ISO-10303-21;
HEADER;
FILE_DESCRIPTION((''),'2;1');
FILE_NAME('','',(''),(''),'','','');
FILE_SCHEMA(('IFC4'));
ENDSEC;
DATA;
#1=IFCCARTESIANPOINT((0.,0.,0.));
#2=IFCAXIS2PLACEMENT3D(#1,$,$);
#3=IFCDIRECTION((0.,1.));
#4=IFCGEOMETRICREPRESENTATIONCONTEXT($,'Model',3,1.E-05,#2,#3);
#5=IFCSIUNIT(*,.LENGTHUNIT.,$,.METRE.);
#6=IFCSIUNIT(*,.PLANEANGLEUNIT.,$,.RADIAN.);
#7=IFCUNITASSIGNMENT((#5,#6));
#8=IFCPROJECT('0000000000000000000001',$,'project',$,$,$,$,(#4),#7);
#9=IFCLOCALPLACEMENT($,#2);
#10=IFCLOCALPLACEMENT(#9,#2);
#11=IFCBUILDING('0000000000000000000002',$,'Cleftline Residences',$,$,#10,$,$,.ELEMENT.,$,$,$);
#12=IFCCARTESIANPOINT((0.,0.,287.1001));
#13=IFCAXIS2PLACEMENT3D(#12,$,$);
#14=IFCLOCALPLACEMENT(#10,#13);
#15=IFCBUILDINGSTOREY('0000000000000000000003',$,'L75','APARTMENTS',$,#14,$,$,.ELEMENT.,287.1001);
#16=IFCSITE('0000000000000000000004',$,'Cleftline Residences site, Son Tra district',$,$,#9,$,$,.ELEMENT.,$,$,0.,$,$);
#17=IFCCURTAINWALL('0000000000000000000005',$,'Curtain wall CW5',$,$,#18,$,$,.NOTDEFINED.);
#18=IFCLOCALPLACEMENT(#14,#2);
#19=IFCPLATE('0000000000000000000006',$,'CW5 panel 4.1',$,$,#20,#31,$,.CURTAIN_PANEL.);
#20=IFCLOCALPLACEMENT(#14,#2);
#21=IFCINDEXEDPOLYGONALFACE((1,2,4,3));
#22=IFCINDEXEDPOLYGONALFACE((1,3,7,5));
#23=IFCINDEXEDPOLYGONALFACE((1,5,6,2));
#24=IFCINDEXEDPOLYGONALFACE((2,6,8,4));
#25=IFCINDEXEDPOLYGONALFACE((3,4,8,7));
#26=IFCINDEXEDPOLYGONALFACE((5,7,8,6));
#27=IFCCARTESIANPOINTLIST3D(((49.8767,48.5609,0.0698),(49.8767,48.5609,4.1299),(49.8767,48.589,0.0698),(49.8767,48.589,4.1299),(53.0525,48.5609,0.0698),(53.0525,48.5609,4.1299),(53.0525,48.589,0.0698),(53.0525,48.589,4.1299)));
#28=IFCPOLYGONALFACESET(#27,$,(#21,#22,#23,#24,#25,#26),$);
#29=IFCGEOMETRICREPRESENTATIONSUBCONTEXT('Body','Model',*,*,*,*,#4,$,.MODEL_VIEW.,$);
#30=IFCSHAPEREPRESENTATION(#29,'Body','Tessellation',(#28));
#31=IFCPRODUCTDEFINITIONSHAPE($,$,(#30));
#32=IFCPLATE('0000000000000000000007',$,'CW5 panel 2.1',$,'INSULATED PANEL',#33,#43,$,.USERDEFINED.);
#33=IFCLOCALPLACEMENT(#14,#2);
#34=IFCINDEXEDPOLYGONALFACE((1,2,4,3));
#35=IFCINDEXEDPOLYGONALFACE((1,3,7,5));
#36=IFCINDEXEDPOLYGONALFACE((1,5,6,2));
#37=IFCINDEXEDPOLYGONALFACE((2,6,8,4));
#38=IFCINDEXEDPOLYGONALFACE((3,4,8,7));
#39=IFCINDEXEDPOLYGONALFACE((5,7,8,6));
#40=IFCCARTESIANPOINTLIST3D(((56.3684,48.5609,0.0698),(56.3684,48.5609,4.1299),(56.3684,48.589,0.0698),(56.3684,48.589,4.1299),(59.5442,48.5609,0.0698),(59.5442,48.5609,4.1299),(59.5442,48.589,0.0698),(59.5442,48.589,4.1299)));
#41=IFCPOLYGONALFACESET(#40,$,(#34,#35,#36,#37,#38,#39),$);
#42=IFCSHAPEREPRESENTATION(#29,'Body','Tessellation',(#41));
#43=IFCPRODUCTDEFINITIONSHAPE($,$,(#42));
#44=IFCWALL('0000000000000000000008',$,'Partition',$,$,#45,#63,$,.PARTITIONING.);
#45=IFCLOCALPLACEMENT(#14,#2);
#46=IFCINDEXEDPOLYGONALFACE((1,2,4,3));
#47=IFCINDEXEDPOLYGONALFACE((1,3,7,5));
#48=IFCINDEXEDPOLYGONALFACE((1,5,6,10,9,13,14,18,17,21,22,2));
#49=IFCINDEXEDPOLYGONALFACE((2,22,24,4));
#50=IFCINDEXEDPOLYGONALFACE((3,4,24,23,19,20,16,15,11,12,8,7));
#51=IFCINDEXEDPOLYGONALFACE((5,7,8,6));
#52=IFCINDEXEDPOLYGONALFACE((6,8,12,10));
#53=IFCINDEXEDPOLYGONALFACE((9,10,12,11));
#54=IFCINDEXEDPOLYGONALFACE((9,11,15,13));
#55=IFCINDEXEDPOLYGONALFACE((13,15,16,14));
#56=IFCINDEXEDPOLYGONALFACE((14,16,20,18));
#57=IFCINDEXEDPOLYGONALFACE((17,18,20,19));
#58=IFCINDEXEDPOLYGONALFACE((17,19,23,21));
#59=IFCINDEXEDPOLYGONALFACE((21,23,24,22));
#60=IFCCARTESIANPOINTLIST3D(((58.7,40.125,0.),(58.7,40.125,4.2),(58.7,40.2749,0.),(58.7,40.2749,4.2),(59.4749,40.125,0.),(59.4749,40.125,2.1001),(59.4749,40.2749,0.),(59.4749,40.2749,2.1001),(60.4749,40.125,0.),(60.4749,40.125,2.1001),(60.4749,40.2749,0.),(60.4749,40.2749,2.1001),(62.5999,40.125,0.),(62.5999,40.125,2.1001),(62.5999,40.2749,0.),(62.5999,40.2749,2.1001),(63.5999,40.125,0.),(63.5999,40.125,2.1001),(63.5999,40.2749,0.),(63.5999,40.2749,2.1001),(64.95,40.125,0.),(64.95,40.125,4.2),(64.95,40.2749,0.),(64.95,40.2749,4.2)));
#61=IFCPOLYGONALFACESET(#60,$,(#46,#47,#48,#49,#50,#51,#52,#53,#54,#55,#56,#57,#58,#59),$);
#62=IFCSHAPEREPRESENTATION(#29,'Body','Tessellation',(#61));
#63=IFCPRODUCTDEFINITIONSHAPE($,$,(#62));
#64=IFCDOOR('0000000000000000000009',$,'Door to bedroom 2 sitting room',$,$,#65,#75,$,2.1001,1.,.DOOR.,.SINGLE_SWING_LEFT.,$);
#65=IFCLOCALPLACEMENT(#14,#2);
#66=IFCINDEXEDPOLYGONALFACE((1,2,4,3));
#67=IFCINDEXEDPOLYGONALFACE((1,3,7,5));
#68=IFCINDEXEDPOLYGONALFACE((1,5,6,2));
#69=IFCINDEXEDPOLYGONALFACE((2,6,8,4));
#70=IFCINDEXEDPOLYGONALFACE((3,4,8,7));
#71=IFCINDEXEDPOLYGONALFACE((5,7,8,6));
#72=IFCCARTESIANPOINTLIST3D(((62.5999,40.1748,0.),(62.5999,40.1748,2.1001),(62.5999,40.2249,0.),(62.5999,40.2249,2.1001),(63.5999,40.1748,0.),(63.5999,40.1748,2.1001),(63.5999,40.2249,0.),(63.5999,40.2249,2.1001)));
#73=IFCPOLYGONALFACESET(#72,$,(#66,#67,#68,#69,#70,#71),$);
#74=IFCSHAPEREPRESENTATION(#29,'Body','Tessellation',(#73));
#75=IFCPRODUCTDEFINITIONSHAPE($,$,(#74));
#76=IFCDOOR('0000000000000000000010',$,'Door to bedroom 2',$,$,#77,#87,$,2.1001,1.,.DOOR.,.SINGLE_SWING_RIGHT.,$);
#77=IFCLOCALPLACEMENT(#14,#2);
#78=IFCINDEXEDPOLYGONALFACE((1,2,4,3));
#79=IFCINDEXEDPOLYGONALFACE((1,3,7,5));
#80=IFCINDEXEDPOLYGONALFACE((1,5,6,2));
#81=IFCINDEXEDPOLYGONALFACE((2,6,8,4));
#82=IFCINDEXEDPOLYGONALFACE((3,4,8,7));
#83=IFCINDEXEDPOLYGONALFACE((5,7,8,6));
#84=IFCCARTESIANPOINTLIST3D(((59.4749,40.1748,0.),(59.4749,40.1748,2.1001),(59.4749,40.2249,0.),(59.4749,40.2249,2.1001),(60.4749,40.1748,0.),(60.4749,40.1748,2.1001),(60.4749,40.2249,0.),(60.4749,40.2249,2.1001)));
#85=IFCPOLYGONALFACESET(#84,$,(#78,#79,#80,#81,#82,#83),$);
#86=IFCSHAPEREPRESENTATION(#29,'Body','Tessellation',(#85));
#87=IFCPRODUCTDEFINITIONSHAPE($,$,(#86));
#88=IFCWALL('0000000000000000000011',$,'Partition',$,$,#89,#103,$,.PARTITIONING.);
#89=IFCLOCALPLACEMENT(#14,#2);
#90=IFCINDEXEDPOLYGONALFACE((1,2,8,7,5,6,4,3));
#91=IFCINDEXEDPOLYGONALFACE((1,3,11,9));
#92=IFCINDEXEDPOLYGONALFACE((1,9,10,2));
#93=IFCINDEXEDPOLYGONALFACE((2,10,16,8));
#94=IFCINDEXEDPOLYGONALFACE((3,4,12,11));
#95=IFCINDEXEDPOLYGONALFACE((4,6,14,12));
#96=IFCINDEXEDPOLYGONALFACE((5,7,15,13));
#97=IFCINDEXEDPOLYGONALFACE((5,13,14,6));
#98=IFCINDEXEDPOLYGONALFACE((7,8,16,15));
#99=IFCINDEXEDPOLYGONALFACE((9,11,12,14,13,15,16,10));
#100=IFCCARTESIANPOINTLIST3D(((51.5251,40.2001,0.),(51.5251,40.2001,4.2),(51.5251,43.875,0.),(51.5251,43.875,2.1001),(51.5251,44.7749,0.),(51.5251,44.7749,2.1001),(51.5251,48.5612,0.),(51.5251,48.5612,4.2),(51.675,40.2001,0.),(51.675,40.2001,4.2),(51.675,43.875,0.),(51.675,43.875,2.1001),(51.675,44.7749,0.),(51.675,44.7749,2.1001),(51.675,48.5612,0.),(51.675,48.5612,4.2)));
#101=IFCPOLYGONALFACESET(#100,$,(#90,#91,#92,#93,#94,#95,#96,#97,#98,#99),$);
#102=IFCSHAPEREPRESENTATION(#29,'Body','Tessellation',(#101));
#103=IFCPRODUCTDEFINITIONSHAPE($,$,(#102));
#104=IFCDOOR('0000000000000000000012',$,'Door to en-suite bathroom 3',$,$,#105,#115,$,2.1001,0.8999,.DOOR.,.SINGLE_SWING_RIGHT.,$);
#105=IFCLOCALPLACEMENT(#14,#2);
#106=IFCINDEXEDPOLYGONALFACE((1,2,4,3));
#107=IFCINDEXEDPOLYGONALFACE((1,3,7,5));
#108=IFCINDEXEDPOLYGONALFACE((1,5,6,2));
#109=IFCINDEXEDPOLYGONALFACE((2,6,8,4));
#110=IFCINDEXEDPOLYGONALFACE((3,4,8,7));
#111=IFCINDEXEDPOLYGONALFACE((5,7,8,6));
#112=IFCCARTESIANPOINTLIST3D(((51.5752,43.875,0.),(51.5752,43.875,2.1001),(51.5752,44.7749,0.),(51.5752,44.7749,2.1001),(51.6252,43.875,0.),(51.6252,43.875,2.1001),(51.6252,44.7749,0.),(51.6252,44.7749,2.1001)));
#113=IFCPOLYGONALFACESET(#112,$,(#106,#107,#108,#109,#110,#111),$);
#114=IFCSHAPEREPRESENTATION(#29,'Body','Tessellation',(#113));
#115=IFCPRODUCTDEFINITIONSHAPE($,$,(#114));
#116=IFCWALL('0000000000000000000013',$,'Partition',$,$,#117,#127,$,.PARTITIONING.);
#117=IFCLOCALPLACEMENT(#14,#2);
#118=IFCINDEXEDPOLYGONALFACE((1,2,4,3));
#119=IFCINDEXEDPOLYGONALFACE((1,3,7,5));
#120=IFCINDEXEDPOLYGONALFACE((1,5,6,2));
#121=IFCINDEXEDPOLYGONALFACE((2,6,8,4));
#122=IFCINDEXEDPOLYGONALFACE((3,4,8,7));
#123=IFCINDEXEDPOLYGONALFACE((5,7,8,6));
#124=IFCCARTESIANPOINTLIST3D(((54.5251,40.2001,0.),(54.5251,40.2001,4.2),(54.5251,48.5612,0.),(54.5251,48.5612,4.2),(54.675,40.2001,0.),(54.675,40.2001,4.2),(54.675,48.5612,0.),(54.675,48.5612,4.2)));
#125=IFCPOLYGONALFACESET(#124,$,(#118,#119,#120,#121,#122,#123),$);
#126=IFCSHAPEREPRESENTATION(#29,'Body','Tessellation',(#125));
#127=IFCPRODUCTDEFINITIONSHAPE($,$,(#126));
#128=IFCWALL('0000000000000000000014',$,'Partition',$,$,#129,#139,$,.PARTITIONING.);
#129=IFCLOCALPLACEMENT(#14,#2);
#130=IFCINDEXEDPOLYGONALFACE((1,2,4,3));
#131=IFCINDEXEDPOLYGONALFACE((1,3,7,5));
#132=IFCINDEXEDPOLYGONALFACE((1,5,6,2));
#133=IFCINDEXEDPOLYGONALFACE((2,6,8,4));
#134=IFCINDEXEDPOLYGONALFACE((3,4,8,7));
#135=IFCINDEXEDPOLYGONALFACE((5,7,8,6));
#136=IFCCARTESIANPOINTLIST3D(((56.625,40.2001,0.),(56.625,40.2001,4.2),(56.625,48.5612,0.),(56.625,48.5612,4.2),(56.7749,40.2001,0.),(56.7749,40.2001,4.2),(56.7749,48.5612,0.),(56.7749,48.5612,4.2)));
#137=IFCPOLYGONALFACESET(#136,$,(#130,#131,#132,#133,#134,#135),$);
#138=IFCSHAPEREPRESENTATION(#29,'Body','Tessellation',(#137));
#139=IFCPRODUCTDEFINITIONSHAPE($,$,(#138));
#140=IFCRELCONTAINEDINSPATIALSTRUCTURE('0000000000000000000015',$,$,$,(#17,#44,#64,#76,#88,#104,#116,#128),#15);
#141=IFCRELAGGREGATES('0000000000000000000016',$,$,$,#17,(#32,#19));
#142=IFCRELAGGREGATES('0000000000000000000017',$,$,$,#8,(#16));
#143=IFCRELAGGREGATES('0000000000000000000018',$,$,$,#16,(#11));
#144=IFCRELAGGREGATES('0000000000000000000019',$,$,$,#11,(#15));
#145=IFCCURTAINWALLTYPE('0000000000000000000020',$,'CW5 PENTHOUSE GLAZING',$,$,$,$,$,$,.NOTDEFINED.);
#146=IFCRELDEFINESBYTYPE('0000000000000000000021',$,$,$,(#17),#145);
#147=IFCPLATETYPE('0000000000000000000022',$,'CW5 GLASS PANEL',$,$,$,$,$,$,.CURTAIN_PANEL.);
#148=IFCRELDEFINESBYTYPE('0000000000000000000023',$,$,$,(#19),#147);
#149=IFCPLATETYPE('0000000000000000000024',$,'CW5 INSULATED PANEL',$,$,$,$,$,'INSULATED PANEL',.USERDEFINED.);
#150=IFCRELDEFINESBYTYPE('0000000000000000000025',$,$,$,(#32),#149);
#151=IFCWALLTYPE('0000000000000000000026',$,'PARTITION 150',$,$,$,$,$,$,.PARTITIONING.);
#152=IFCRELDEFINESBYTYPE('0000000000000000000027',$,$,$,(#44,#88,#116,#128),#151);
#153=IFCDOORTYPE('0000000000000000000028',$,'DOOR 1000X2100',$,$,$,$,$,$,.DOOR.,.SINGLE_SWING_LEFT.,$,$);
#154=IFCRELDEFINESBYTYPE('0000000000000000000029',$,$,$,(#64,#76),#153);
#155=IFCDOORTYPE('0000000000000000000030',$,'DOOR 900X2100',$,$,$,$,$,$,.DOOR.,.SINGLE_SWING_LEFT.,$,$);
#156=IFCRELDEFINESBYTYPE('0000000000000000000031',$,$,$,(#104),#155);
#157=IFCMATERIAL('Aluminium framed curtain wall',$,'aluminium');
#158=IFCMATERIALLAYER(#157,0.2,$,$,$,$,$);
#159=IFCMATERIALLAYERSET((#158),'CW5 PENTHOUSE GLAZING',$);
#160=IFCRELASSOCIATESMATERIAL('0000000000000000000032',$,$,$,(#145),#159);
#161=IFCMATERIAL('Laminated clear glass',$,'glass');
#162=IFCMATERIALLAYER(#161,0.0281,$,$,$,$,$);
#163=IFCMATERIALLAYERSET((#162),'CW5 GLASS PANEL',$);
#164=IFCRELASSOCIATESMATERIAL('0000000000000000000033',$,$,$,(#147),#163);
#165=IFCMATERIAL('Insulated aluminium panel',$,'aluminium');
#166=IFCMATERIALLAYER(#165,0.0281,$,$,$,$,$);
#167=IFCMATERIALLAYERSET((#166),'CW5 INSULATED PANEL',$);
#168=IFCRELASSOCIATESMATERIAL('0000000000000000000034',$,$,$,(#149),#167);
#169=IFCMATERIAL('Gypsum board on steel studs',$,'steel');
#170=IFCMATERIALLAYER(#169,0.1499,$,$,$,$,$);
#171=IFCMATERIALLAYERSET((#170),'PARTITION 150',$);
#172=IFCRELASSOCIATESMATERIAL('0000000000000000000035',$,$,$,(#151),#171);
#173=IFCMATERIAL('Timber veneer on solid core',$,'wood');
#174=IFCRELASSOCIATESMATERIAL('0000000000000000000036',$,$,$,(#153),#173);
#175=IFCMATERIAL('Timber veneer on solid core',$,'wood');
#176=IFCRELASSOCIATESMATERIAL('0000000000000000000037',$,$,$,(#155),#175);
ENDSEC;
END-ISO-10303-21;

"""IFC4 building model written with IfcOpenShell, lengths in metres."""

from ifc_helpers import new_model, si_unit, direction, frame, frame_2d, origin, origin_2d, place, context, subcontext, project, spatial, rectangle, extrude, material, layer, layer_set, type_object, element, fill, aggregate, save


model = new_model("IFC4")

# Units and contexts
model_context = context("Model", 3, precision=1e-05, world=origin(), true_north=direction((0.0, 1.0)))
body_context = subcontext(model_context, "Body", "Model", "MODEL_VIEW")
ifc_project = project(units=[si_unit("LENGTHUNIT", "METRE"), si_unit("PLANEANGLEUNIT", "RADIAN")], contexts=[model_context])

# Site, building, storey
site_placement = place(None, origin())
site = spatial("IfcSite", under=ifc_project, at=site_placement, Name="Cleftline Residences site, Son Tra district", CompositionType="ELEMENT", RefElevation=0.0)
building_placement = place(site_placement, origin())
building = spatial("IfcBuilding", under=site, at=building_placement, Name="Cleftline Residences", CompositionType="ELEMENT")
storey_placement = place(building_placement, frame((0.0, 0.0, 287.1001)))
storey = spatial("IfcBuildingStorey", under=building, at=storey_placement, Name="L75", Description="APARTMENTS", CompositionType="ELEMENT", Elevation=287.1001)

# Curtain wall, plates
ifc_material_1 = material(Name="Aluminium framed curtain wall", Category="aluminium")
ifc_layer_1 = layer(ifc_material_1, 0.2)
ifc_layer_set_1 = layer_set([ifc_layer_1], Name="CW5 PENTHOUSE GLAZING")
curtain_wall_type = type_object("IfcCurtainWallType", Name="CW5 PENTHOUSE GLAZING", PredefinedType="NOTDEFINED", material=ifc_layer_set_1)
curtain_wall_placement = place(storey_placement, origin())
curtain_wall = element("IfcCurtainWall", 1, at=curtain_wall_placement, inside=storey, type_object=curtain_wall_type, Name="Curtain wall CW5", PredefinedType="NOTDEFINED")
ifc_material_2 = material(Name="Laminated clear glass", Category="glass")
ifc_layer_2 = layer(ifc_material_2, 0.0281)
ifc_layer_set_2 = layer_set([ifc_layer_2], Name="CW5 GLASS PANEL")
plate_type_1 = type_object("IfcPlateType", Name="CW5 GLASS PANEL", PredefinedType="CURTAIN_PANEL", material=ifc_layer_set_2)
plate_1_placement = place(storey_placement, frame((51.4646, 48.575, 0.0698), z_axis=(0.0, 0.0, 1.0), x_axis=(-1.0, 0.0, 0.0)))
plate_1 = element("IfcPlate", 2, at=plate_1_placement, type_object=plate_type_1, Name="CW5 panel 4.1", PredefinedType="CURTAIN_PANEL", context=body_context, shape_type="SweptSolid", body=[
    extrude(rectangle(XDim=3.1758, YDim=0.0281, at=origin_2d()), origin(), (0.0, 0.0, 1.0), 4.0601),
])
ifc_material_3 = material(Name="Insulated aluminium panel", Category="aluminium")
ifc_layer_3 = layer(ifc_material_3, 0.0281)
ifc_layer_set_3 = layer_set([ifc_layer_3], Name="CW5 INSULATED PANEL")
plate_type_2 = type_object("IfcPlateType", Name="CW5 INSULATED PANEL", ElementType="INSULATED PANEL", PredefinedType="USERDEFINED", material=ifc_layer_set_3)
plate_2_placement = place(storey_placement, frame((57.9563, 48.575, 0.0698), z_axis=(0.0, 0.0, 1.0), x_axis=(-1.0, 0.0, 0.0)))
plate_2 = element("IfcPlate", 3, at=plate_2_placement, type_object=plate_type_2, Name="CW5 panel 2.1", ObjectType="INSULATED PANEL", PredefinedType="USERDEFINED", context=body_context, shape_type="SweptSolid", body=[
    extrude(rectangle(XDim=3.1758, YDim=0.0281, at=origin_2d()), origin(), (0.0, 0.0, 1.0), 4.0601),
])
aggregate(curtain_wall, [plate_2, plate_1])

# Wall, openings, doors
ifc_material_4 = material(Name="Gypsum board on steel studs", Category="steel")
ifc_layer_4 = layer(ifc_material_4, 0.1499)
ifc_layer_set_4 = layer_set([ifc_layer_4], Name="PARTITION 150")
wall_type = type_object("IfcWallType", Name="PARTITION 150", PredefinedType="PARTITIONING", material=ifc_layer_set_4)
wall_1_placement = place(storey_placement, frame((58.7, 40.2, 0.0), z_axis=(0.0, 0.0, 1.0), x_axis=(1.0, 0.0, 0.0)))
wall_1 = element("IfcWall", 4, at=wall_1_placement, inside=storey, type_object=wall_type, Name="Partition", PredefinedType="PARTITIONING", context=body_context, shape_type="SweptSolid", body=[
    extrude(rectangle(XDim=6.25, YDim=0.1499, at=frame_2d((3.125, 0.0))), origin(), (0.0, 0.0, 1.0), 4.2),
])
opening_1_placement = place(wall_1_placement, frame((3.8999, 0.0, 0.0)))
opening_1 = element("IfcOpeningElement", 5, at=opening_1_placement, cuts=wall_1, PredefinedType="OPENING", context=body_context, shape_type="SweptSolid", body=[
    extrude(rectangle(XDim=1.0, YDim=2.1001, at=frame_2d((0.5, 1.05))), frame((0.0, 0.085, 0.0), z_axis=(0.0, -1.0, 0.0), x_axis=(1.0, 0.0, 0.0)), (0.0, 0.0, 1.0), 0.1699),
])
opening_2_placement = place(wall_1_placement, frame((0.7749, 0.0, 0.0)))
opening_2 = element("IfcOpeningElement", 6, at=opening_2_placement, cuts=wall_1, PredefinedType="OPENING", context=body_context, shape_type="SweptSolid", body=[
    extrude(rectangle(XDim=1.0, YDim=2.1001, at=frame_2d((0.5, 1.05))), frame((0.0, 0.085, 0.0), z_axis=(0.0, -1.0, 0.0), x_axis=(1.0, 0.0, 0.0)), (0.0, 0.0, 1.0), 0.1699),
])
ifc_material_5 = material(Name="Timber veneer on solid core", Category="wood")
door_type_1 = type_object("IfcDoorType", Name="DOOR 1000X2100", OperationType="SINGLE_SWING_LEFT", PredefinedType="DOOR", material=ifc_material_5)
door_1_placement = place(opening_1_placement, origin())
door_1 = element("IfcDoor", 7, at=door_1_placement, inside=storey, type_object=door_type_1, Name="Door to bedroom 2 sitting room", OperationType="SINGLE_SWING_LEFT", OverallHeight=2.1001, OverallWidth=1.0, PredefinedType="DOOR", context=body_context, shape_type="SweptSolid", body=[
    extrude(rectangle(XDim=1.0, YDim=2.1001, at=frame_2d((0.5, 1.05))), frame((0.0, 0.0249, 0.0), z_axis=(0.0, -1.0, 0.0), x_axis=(1.0, 0.0, 0.0)), (0.0, 0.0, 1.0), 0.05),
])
fill(opening_1, door_1)
door_2_placement = place(opening_2_placement, origin())
door_2 = element("IfcDoor", 8, at=door_2_placement, inside=storey, type_object=door_type_1, Name="Door to bedroom 2", OperationType="SINGLE_SWING_RIGHT", OverallHeight=2.1001, OverallWidth=1.0, PredefinedType="DOOR", context=body_context, shape_type="SweptSolid", body=[
    extrude(rectangle(XDim=1.0, YDim=2.1001, at=frame_2d((0.5, 1.05))), frame((0.0, 0.0249, 0.0), z_axis=(0.0, -1.0, 0.0), x_axis=(1.0, 0.0, 0.0)), (0.0, 0.0, 1.0), 0.05),
])
fill(opening_2, door_2)

# Wall, opening, door
wall_2_placement = place(storey_placement, frame((51.6001, 40.2, 0.0), z_axis=(0.0, 0.0, 1.0), x_axis=(0.0, 1.0, 0.0)))
wall_2 = element("IfcWall", 9, at=wall_2_placement, inside=storey, type_object=wall_type, Name="Partition", PredefinedType="PARTITIONING", context=body_context, shape_type="SweptSolid", body=[
    extrude(rectangle(XDim=8.3611, YDim=0.1499, at=frame_2d((4.1807, 0.0))), origin(), (0.0, 0.0, 1.0), 4.2),
])
opening_3_placement = place(wall_2_placement, frame((3.675, 0.0, 0.0)))
opening_3 = element("IfcOpeningElement", 10, at=opening_3_placement, cuts=wall_2, PredefinedType="OPENING", context=body_context, shape_type="SweptSolid", body=[
    extrude(rectangle(XDim=0.8999, YDim=2.1001, at=frame_2d((0.45, 1.05))), frame((0.0, 0.085, 0.0), z_axis=(0.0, -1.0, 0.0), x_axis=(1.0, 0.0, 0.0)), (0.0, 0.0, 1.0), 0.1699),
])
ifc_material_6 = material(Name="Timber veneer on solid core", Category="wood")
door_type_2 = type_object("IfcDoorType", Name="DOOR 900X2100", OperationType="SINGLE_SWING_LEFT", PredefinedType="DOOR", material=ifc_material_6)
door_3_placement = place(opening_3_placement, origin())
door_3 = element("IfcDoor", 11, at=door_3_placement, inside=storey, type_object=door_type_2, Name="Door to en-suite bathroom 3", OperationType="SINGLE_SWING_RIGHT", OverallHeight=2.1001, OverallWidth=0.8999, PredefinedType="DOOR", context=body_context, shape_type="SweptSolid", body=[
    extrude(rectangle(XDim=0.8999, YDim=2.1001, at=frame_2d((0.45, 1.05))), frame((0.0, 0.0249, 0.0), z_axis=(0.0, -1.0, 0.0), x_axis=(1.0, 0.0, 0.0)), (0.0, 0.0, 1.0), 0.05),
])
fill(opening_3, door_3)

# Walls
for number, where, z_axis, x_axis, name in (
    (12, (54.6001, 40.2, 0.0), (0.0, 0.0, 1.0), (0.0, 1.0, 0.0), "Partition"),
    (13, (56.7, 40.2, 0.0), (0.0, 0.0, 1.0), (0.0, 1.0, 0.0), "Partition"),
):
    element("IfcWall", number, at=place(storey_placement, frame(where, z_axis=z_axis, x_axis=x_axis)), inside=storey, type_object=wall_type, Name=name, PredefinedType="PARTITIONING", context=body_context, shape_type="SweptSolid", body=[
        extrude(rectangle(XDim=8.3611, YDim=0.1499, at=frame_2d((4.1807, 0.0))), origin(), (0.0, 0.0, 1.0), 4.2),
    ])

save(model, "model.ifc")
